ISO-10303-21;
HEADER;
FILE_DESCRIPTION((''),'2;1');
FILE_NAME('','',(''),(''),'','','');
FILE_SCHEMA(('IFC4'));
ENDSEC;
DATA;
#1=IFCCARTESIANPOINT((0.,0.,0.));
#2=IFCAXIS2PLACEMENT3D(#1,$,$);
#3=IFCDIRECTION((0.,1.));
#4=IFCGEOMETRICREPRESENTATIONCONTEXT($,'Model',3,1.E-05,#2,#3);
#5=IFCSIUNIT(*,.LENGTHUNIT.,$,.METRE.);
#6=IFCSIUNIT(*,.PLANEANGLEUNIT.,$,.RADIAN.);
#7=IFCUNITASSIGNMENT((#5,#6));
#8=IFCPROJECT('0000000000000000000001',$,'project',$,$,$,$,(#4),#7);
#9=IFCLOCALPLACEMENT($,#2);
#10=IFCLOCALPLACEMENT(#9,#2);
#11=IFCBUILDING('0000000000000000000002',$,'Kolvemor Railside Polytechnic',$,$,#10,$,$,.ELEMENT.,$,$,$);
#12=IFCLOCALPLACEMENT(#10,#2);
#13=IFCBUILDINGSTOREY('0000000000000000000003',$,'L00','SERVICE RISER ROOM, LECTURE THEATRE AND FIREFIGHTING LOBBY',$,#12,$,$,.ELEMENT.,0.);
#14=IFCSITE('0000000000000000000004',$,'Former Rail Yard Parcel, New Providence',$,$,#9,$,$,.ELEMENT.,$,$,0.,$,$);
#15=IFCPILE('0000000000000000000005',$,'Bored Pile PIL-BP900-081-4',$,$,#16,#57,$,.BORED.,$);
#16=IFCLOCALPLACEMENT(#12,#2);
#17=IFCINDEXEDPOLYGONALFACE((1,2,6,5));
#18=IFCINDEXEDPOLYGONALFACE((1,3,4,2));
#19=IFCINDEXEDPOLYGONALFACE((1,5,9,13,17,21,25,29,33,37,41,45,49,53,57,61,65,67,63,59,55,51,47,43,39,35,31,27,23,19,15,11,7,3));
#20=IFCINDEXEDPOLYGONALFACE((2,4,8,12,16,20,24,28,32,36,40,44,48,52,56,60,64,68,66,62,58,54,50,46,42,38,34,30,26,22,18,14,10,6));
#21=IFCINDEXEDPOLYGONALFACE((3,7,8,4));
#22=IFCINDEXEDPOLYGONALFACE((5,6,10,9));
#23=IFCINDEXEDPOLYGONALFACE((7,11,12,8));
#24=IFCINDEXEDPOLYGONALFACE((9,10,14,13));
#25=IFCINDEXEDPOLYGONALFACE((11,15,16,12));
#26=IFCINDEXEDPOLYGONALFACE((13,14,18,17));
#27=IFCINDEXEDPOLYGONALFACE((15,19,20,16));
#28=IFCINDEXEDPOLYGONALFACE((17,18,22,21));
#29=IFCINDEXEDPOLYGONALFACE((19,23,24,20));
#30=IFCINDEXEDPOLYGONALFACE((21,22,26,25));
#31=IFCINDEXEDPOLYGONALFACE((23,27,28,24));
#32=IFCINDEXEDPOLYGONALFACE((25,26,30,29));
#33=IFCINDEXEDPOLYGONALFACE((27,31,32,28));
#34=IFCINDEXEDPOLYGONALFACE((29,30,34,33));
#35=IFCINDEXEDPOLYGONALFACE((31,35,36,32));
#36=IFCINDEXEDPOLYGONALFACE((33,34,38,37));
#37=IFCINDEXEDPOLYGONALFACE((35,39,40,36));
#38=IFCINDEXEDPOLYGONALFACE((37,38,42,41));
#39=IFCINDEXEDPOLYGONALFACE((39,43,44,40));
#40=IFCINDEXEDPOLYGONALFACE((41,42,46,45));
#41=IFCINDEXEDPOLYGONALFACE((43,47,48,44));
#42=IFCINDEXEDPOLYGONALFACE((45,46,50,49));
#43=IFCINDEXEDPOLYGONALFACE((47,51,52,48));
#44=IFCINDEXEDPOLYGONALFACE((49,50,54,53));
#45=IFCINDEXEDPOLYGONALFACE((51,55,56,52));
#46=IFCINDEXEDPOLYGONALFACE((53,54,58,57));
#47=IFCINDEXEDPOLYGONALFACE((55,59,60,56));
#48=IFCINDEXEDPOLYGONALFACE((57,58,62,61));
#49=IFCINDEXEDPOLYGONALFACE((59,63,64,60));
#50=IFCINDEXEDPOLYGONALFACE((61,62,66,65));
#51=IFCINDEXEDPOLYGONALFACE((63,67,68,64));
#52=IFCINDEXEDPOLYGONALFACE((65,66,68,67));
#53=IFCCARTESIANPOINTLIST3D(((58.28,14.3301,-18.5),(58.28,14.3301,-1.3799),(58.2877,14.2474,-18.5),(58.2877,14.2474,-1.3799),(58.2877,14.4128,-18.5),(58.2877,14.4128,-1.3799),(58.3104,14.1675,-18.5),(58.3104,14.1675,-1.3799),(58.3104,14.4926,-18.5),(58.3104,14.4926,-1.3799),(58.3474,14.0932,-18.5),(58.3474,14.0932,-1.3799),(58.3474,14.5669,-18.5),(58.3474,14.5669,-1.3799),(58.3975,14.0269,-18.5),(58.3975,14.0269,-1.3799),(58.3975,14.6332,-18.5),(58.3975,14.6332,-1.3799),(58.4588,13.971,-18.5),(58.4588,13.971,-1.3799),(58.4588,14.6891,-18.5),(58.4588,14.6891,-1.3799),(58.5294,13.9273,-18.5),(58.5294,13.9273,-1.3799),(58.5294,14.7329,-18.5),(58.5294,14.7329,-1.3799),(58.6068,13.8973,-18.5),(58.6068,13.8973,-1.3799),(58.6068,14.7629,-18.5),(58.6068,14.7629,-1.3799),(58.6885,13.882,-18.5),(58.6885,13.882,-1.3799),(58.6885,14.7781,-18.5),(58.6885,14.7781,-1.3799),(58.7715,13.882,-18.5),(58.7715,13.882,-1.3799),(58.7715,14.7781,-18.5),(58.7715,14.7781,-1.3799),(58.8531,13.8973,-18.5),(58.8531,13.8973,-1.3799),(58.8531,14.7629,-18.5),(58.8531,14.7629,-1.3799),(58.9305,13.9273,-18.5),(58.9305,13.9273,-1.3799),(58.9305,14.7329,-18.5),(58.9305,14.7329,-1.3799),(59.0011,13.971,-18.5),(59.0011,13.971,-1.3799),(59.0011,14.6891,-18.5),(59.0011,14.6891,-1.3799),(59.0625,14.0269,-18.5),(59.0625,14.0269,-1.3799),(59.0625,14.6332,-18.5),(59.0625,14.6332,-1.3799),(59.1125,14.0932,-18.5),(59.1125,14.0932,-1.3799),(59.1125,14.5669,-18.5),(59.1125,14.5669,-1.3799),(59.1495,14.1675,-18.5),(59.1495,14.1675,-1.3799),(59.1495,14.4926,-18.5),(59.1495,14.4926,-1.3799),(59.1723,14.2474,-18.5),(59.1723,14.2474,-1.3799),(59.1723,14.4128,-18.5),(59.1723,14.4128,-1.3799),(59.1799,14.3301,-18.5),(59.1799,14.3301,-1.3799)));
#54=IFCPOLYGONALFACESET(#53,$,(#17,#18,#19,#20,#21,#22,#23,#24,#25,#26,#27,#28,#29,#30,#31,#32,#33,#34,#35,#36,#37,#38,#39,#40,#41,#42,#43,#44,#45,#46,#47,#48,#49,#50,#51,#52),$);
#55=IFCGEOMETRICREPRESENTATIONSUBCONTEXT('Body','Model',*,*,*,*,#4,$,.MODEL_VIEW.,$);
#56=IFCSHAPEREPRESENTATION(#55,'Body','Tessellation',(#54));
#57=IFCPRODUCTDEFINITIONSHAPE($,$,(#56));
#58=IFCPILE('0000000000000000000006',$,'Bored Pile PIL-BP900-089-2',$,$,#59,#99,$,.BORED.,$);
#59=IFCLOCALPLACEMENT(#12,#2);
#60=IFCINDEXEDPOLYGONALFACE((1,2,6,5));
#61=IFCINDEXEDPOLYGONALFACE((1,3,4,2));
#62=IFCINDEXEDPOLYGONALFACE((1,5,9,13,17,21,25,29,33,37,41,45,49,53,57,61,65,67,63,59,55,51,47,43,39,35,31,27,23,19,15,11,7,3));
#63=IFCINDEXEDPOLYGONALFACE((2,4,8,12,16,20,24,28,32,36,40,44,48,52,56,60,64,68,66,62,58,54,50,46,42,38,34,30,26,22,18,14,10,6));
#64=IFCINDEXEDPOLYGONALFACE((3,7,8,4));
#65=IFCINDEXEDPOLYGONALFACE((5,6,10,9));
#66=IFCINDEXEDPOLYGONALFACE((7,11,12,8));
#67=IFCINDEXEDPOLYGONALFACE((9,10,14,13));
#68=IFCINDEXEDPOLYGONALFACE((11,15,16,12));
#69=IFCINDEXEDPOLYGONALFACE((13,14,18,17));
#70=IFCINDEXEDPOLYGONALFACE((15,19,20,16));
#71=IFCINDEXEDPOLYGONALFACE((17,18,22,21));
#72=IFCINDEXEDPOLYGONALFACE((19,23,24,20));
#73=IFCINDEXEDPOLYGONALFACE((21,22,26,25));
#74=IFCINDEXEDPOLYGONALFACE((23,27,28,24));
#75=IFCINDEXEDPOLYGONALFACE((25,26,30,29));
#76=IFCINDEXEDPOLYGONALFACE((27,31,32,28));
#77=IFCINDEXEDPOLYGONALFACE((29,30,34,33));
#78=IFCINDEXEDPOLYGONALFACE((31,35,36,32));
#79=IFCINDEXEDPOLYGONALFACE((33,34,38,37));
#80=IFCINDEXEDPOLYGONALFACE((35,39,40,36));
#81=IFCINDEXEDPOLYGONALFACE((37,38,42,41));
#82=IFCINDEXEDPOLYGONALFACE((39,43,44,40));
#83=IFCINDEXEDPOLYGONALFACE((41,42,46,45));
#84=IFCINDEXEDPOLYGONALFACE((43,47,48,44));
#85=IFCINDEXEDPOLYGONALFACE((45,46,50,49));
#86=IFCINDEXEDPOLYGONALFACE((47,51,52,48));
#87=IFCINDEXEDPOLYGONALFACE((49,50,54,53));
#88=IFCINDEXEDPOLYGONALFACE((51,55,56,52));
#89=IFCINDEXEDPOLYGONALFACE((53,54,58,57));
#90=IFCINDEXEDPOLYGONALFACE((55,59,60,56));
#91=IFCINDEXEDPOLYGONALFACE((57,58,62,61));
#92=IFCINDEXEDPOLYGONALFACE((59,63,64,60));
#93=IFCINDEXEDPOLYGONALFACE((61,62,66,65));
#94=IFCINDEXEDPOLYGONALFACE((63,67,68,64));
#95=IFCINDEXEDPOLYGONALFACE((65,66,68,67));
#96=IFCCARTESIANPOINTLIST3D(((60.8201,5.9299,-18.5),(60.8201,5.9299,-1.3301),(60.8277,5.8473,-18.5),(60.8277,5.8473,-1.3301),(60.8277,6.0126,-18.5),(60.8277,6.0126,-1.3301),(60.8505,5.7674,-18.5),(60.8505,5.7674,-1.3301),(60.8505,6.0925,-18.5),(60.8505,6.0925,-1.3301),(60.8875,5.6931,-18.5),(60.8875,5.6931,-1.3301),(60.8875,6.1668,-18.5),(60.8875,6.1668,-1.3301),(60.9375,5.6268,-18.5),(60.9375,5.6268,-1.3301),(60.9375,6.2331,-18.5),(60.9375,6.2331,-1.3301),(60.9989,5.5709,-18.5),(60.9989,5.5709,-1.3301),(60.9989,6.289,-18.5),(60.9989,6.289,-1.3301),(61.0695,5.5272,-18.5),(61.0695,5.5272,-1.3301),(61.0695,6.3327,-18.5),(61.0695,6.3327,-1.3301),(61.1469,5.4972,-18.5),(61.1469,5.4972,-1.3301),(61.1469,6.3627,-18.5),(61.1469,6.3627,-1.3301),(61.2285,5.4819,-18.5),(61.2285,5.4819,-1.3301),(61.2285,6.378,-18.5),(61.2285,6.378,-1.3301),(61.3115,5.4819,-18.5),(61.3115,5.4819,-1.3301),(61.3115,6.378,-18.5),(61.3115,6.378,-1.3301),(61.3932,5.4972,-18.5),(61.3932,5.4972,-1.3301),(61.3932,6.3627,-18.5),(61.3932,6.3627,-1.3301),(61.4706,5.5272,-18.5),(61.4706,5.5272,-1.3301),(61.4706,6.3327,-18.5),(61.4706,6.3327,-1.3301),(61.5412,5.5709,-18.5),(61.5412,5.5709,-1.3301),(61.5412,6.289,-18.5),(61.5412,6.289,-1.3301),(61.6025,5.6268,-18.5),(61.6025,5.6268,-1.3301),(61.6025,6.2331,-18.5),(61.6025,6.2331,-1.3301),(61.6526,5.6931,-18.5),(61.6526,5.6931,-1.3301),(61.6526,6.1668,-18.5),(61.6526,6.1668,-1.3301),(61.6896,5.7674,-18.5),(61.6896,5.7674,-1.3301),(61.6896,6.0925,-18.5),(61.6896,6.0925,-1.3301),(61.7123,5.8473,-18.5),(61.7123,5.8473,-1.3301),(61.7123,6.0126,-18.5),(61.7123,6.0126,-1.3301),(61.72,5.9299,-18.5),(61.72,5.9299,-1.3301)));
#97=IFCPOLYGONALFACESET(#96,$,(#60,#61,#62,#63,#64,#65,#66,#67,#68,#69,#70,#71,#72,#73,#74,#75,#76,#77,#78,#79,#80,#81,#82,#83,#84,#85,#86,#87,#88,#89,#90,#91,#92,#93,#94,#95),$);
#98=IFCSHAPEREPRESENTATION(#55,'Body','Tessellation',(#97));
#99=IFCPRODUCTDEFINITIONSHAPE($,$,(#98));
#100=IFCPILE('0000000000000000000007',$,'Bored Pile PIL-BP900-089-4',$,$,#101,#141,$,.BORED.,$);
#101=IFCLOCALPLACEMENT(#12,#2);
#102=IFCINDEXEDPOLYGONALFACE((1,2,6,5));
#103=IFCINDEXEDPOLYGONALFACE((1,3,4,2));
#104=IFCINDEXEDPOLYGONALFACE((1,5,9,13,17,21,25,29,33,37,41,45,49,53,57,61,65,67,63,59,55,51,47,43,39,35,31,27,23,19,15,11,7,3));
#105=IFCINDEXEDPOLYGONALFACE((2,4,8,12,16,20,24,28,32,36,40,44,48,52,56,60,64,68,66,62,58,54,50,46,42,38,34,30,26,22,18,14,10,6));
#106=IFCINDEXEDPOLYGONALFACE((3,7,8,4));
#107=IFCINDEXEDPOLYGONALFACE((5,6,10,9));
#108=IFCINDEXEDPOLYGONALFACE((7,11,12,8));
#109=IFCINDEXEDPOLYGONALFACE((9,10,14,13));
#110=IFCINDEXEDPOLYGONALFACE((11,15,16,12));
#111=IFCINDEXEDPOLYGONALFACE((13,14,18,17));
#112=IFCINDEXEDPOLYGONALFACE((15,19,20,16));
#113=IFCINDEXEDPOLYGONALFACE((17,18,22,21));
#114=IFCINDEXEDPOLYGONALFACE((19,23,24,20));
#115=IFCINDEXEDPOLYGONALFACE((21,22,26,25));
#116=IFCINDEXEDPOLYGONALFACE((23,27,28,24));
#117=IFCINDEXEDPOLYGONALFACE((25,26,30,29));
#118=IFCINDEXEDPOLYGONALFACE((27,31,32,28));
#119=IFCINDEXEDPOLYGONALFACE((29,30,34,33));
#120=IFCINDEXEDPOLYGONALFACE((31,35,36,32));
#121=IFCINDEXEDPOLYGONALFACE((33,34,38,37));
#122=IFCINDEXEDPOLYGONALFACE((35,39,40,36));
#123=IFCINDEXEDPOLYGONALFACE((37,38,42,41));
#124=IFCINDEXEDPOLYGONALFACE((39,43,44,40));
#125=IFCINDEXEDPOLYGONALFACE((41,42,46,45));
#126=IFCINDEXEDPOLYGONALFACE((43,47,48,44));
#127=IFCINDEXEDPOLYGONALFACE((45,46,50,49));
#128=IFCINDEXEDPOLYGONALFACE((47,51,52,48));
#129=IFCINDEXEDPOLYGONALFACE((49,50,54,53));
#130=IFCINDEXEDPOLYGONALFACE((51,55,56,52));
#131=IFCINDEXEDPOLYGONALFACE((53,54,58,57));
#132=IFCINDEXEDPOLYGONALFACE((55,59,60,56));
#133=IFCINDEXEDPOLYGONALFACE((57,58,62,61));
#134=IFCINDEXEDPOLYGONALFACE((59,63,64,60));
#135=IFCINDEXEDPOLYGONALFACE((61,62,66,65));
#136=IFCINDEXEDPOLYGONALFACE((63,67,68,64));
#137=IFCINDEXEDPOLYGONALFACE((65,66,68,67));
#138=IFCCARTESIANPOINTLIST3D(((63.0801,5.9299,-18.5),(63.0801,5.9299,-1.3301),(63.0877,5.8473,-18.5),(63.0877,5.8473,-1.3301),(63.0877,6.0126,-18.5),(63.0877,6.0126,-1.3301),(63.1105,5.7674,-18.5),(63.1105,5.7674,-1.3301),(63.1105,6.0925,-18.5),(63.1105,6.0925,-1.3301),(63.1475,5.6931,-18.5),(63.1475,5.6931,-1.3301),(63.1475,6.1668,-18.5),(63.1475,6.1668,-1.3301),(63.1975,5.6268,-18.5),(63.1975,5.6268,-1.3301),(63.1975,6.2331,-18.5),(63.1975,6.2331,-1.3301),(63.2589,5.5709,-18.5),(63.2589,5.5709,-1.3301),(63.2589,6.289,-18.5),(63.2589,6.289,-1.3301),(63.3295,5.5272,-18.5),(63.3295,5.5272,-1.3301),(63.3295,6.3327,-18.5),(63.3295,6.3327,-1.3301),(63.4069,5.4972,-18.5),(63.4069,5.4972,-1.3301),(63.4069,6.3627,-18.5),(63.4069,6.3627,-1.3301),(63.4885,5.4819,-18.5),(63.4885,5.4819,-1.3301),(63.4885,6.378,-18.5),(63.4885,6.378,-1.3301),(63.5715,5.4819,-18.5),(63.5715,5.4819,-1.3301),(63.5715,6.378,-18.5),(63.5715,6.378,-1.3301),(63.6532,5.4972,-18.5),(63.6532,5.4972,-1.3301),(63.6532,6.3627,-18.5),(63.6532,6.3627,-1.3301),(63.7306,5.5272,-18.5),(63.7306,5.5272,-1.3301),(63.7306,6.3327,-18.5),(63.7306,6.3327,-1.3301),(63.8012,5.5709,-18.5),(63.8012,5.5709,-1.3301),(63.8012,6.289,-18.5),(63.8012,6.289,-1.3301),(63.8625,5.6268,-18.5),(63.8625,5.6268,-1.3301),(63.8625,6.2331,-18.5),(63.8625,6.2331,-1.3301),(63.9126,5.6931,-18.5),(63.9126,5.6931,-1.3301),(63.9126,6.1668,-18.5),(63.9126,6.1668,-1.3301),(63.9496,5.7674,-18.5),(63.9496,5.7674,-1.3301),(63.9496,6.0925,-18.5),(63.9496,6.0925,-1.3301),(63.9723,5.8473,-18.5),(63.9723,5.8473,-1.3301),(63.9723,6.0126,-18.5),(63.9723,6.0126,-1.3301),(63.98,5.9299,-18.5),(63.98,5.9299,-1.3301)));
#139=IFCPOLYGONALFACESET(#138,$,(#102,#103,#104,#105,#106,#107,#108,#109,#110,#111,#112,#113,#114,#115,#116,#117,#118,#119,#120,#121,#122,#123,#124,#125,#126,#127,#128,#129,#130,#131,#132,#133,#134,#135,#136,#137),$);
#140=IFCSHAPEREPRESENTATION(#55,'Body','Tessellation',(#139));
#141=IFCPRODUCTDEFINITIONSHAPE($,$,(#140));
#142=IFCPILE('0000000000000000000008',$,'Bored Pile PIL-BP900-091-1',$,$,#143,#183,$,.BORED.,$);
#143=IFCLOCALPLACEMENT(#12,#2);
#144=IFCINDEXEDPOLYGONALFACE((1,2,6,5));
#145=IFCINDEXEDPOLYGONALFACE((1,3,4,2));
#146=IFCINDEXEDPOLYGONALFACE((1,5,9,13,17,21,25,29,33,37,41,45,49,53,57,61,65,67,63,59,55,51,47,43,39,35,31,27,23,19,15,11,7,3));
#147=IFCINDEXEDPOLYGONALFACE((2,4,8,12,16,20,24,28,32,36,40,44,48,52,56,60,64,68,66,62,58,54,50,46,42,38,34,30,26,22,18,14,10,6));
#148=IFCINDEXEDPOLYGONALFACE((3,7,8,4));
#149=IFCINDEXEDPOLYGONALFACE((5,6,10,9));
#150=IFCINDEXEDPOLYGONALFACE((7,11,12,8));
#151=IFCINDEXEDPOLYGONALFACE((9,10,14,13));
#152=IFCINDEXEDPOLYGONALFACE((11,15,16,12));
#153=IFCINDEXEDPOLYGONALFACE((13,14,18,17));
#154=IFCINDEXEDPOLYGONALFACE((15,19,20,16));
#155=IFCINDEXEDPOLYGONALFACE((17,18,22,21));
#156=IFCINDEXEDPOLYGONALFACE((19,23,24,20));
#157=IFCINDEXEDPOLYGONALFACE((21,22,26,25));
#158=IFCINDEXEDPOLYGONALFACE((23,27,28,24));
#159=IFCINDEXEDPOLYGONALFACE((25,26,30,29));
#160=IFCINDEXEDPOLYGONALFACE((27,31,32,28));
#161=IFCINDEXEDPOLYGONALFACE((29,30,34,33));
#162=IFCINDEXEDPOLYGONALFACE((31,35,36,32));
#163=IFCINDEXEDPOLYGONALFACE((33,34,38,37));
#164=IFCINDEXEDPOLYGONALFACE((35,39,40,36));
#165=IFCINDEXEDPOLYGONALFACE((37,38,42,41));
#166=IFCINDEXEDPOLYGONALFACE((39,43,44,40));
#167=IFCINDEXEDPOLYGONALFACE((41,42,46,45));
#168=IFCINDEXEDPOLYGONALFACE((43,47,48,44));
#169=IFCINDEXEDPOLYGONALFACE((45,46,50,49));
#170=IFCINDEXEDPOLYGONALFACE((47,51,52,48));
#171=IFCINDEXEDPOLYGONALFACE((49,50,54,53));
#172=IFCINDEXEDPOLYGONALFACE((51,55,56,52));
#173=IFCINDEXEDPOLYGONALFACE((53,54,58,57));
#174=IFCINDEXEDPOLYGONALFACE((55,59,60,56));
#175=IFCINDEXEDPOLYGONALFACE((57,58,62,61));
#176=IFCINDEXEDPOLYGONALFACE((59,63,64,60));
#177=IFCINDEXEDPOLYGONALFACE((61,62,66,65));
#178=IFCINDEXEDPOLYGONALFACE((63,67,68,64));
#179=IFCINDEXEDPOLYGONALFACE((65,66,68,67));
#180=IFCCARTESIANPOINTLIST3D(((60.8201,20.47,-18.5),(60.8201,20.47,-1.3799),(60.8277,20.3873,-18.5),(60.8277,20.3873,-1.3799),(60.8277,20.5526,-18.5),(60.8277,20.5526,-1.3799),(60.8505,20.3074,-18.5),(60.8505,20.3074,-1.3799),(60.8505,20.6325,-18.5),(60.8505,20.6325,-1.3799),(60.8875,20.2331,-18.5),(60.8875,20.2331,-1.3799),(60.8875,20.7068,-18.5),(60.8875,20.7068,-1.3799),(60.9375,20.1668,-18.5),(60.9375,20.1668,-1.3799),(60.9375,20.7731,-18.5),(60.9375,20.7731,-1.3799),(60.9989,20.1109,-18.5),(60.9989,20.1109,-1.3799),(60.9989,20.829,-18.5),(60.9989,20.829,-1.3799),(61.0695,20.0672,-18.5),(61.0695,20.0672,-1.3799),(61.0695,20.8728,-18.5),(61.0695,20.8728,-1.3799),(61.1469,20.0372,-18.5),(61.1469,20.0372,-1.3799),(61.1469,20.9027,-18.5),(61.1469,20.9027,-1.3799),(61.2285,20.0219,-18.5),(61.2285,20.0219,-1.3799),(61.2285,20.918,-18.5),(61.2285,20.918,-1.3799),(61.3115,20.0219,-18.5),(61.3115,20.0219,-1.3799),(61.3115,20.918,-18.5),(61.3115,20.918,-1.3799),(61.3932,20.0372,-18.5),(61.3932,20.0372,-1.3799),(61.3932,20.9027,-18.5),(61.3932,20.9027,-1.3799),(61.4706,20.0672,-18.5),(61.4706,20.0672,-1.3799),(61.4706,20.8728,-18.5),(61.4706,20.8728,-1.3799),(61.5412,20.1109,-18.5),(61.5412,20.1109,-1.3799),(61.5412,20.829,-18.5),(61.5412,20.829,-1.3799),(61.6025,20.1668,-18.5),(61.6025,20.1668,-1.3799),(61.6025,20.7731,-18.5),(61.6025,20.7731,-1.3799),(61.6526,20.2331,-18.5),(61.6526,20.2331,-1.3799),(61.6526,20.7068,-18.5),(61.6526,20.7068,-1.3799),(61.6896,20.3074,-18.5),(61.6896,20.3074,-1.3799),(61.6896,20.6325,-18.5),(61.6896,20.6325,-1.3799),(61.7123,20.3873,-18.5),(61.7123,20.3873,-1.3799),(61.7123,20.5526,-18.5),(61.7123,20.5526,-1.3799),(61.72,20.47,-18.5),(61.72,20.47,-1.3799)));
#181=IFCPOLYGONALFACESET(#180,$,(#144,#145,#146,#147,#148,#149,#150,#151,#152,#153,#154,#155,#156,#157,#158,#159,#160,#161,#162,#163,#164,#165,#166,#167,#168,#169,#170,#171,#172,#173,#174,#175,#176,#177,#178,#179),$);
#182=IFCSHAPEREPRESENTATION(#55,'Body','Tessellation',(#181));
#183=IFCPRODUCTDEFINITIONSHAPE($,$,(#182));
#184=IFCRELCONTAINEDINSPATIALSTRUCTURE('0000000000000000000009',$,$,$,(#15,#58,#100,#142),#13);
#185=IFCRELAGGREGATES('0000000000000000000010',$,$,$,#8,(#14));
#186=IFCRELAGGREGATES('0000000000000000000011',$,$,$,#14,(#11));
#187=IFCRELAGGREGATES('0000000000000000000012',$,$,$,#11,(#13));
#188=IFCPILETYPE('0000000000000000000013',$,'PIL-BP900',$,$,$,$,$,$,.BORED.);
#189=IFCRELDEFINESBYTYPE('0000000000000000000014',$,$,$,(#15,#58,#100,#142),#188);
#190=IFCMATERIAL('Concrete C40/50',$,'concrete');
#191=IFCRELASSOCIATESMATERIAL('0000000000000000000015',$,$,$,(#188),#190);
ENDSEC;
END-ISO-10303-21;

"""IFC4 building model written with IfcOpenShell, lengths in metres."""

from ifc_helpers import new_model, si_unit, direction, frame, origin, origin_2d, place, context, subcontext, project, spatial, circle, extrude, material, material_profile, profile_set, type_object, element, save


model = new_model("IFC4")

# Units and contexts
model_context = context("Model", 3, precision=1e-05, world=origin(), true_north=direction((0.0, 1.0)))
body_context = subcontext(model_context, "Body", "Model", "MODEL_VIEW")
ifc_project = project(units=[si_unit("LENGTHUNIT", "METRE"), si_unit("PLANEANGLEUNIT", "RADIAN")], contexts=[model_context])

# Site, building, storey
site_placement = place(None, origin())
site = spatial("IfcSite", under=ifc_project, at=site_placement, Name="Former Rail Yard Parcel, New Providence", CompositionType="ELEMENT", RefElevation=0.0)
building_placement = place(site_placement, origin())
building = spatial("IfcBuilding", under=site, at=building_placement, Name="Kolvemor Railside Polytechnic", CompositionType="ELEMENT")
storey_placement = place(building_placement, origin())
storey = spatial("IfcBuildingStorey", under=building, at=storey_placement, Name="L00", Description="SERVICE RISER ROOM, LECTURE THEATRE AND FIREFIGHTING LOBBY", CompositionType="ELEMENT", Elevation=0.0)

# Piles
ifc_material_1 = material(Name="Concrete C40/50", Category="concrete")
ifc_material_profile_1 = material_profile(ifc_material_1, circle(Radius=0.45, at=origin_2d()), Name="BP900")
ifc_profile_set_1 = profile_set([ifc_material_profile_1], Name="Concrete C40/50")
pile_type_1 = type_object("IfcPileType", Name="PIL-BP900", PredefinedType="BORED", material=ifc_profile_set_1)
for number, where, z_axis, x_axis, name in (
    (1, (58.73, 14.3301, -1.3799), (0.0, 0.0, -1.0), (1.0, 0.0, 0.0), "Bored Pile PIL-BP900-081-4"),
):
    element("IfcPile", number, at=place(storey_placement, frame(where, z_axis=z_axis, x_axis=x_axis)), inside=storey, type_object=pile_type_1, Name=name, PredefinedType="BORED", context=body_context, shape_type="SweptSolid", body=[
        extrude(circle(Radius=0.45, at=origin_2d()), origin(), (0.0, 0.0, 1.0), 17.1201),
    ])
for number, where, z_axis, x_axis, name in (
    (2, (61.27, 5.9299, -1.3301), (0.0, 0.0, -1.0), (1.0, 0.0, 0.0), "Bored Pile PIL-BP900-089-2"),
    (3, (63.53, 5.9299, -1.3301), (0.0, 0.0, -1.0), (1.0, 0.0, 0.0), "Bored Pile PIL-BP900-089-4"),
):
    element("IfcPile", number, at=place(storey_placement, frame(where, z_axis=z_axis, x_axis=x_axis)), inside=storey, type_object=pile_type_1, Name=name, PredefinedType="BORED", context=body_context, shape_type="SweptSolid", body=[
        extrude(circle(Radius=0.45, at=origin_2d()), origin(), (0.0, 0.0, 1.0), 17.1699),
    ])
for number, where, z_axis, x_axis, name in (
    (4, (61.27, 20.47, -1.3799), (0.0, 0.0, -1.0), (1.0, 0.0, 0.0), "Bored Pile PIL-BP900-091-1"),
):
    element("IfcPile", number, at=place(storey_placement, frame(where, z_axis=z_axis, x_axis=x_axis)), inside=storey, type_object=pile_type_1, Name=name, PredefinedType="BORED", context=body_context, shape_type="SweptSolid", body=[
        extrude(circle(Radius=0.45, at=origin_2d()), origin(), (0.0, 0.0, 1.0), 17.1201),
    ])

save(model, "model.ifc")
